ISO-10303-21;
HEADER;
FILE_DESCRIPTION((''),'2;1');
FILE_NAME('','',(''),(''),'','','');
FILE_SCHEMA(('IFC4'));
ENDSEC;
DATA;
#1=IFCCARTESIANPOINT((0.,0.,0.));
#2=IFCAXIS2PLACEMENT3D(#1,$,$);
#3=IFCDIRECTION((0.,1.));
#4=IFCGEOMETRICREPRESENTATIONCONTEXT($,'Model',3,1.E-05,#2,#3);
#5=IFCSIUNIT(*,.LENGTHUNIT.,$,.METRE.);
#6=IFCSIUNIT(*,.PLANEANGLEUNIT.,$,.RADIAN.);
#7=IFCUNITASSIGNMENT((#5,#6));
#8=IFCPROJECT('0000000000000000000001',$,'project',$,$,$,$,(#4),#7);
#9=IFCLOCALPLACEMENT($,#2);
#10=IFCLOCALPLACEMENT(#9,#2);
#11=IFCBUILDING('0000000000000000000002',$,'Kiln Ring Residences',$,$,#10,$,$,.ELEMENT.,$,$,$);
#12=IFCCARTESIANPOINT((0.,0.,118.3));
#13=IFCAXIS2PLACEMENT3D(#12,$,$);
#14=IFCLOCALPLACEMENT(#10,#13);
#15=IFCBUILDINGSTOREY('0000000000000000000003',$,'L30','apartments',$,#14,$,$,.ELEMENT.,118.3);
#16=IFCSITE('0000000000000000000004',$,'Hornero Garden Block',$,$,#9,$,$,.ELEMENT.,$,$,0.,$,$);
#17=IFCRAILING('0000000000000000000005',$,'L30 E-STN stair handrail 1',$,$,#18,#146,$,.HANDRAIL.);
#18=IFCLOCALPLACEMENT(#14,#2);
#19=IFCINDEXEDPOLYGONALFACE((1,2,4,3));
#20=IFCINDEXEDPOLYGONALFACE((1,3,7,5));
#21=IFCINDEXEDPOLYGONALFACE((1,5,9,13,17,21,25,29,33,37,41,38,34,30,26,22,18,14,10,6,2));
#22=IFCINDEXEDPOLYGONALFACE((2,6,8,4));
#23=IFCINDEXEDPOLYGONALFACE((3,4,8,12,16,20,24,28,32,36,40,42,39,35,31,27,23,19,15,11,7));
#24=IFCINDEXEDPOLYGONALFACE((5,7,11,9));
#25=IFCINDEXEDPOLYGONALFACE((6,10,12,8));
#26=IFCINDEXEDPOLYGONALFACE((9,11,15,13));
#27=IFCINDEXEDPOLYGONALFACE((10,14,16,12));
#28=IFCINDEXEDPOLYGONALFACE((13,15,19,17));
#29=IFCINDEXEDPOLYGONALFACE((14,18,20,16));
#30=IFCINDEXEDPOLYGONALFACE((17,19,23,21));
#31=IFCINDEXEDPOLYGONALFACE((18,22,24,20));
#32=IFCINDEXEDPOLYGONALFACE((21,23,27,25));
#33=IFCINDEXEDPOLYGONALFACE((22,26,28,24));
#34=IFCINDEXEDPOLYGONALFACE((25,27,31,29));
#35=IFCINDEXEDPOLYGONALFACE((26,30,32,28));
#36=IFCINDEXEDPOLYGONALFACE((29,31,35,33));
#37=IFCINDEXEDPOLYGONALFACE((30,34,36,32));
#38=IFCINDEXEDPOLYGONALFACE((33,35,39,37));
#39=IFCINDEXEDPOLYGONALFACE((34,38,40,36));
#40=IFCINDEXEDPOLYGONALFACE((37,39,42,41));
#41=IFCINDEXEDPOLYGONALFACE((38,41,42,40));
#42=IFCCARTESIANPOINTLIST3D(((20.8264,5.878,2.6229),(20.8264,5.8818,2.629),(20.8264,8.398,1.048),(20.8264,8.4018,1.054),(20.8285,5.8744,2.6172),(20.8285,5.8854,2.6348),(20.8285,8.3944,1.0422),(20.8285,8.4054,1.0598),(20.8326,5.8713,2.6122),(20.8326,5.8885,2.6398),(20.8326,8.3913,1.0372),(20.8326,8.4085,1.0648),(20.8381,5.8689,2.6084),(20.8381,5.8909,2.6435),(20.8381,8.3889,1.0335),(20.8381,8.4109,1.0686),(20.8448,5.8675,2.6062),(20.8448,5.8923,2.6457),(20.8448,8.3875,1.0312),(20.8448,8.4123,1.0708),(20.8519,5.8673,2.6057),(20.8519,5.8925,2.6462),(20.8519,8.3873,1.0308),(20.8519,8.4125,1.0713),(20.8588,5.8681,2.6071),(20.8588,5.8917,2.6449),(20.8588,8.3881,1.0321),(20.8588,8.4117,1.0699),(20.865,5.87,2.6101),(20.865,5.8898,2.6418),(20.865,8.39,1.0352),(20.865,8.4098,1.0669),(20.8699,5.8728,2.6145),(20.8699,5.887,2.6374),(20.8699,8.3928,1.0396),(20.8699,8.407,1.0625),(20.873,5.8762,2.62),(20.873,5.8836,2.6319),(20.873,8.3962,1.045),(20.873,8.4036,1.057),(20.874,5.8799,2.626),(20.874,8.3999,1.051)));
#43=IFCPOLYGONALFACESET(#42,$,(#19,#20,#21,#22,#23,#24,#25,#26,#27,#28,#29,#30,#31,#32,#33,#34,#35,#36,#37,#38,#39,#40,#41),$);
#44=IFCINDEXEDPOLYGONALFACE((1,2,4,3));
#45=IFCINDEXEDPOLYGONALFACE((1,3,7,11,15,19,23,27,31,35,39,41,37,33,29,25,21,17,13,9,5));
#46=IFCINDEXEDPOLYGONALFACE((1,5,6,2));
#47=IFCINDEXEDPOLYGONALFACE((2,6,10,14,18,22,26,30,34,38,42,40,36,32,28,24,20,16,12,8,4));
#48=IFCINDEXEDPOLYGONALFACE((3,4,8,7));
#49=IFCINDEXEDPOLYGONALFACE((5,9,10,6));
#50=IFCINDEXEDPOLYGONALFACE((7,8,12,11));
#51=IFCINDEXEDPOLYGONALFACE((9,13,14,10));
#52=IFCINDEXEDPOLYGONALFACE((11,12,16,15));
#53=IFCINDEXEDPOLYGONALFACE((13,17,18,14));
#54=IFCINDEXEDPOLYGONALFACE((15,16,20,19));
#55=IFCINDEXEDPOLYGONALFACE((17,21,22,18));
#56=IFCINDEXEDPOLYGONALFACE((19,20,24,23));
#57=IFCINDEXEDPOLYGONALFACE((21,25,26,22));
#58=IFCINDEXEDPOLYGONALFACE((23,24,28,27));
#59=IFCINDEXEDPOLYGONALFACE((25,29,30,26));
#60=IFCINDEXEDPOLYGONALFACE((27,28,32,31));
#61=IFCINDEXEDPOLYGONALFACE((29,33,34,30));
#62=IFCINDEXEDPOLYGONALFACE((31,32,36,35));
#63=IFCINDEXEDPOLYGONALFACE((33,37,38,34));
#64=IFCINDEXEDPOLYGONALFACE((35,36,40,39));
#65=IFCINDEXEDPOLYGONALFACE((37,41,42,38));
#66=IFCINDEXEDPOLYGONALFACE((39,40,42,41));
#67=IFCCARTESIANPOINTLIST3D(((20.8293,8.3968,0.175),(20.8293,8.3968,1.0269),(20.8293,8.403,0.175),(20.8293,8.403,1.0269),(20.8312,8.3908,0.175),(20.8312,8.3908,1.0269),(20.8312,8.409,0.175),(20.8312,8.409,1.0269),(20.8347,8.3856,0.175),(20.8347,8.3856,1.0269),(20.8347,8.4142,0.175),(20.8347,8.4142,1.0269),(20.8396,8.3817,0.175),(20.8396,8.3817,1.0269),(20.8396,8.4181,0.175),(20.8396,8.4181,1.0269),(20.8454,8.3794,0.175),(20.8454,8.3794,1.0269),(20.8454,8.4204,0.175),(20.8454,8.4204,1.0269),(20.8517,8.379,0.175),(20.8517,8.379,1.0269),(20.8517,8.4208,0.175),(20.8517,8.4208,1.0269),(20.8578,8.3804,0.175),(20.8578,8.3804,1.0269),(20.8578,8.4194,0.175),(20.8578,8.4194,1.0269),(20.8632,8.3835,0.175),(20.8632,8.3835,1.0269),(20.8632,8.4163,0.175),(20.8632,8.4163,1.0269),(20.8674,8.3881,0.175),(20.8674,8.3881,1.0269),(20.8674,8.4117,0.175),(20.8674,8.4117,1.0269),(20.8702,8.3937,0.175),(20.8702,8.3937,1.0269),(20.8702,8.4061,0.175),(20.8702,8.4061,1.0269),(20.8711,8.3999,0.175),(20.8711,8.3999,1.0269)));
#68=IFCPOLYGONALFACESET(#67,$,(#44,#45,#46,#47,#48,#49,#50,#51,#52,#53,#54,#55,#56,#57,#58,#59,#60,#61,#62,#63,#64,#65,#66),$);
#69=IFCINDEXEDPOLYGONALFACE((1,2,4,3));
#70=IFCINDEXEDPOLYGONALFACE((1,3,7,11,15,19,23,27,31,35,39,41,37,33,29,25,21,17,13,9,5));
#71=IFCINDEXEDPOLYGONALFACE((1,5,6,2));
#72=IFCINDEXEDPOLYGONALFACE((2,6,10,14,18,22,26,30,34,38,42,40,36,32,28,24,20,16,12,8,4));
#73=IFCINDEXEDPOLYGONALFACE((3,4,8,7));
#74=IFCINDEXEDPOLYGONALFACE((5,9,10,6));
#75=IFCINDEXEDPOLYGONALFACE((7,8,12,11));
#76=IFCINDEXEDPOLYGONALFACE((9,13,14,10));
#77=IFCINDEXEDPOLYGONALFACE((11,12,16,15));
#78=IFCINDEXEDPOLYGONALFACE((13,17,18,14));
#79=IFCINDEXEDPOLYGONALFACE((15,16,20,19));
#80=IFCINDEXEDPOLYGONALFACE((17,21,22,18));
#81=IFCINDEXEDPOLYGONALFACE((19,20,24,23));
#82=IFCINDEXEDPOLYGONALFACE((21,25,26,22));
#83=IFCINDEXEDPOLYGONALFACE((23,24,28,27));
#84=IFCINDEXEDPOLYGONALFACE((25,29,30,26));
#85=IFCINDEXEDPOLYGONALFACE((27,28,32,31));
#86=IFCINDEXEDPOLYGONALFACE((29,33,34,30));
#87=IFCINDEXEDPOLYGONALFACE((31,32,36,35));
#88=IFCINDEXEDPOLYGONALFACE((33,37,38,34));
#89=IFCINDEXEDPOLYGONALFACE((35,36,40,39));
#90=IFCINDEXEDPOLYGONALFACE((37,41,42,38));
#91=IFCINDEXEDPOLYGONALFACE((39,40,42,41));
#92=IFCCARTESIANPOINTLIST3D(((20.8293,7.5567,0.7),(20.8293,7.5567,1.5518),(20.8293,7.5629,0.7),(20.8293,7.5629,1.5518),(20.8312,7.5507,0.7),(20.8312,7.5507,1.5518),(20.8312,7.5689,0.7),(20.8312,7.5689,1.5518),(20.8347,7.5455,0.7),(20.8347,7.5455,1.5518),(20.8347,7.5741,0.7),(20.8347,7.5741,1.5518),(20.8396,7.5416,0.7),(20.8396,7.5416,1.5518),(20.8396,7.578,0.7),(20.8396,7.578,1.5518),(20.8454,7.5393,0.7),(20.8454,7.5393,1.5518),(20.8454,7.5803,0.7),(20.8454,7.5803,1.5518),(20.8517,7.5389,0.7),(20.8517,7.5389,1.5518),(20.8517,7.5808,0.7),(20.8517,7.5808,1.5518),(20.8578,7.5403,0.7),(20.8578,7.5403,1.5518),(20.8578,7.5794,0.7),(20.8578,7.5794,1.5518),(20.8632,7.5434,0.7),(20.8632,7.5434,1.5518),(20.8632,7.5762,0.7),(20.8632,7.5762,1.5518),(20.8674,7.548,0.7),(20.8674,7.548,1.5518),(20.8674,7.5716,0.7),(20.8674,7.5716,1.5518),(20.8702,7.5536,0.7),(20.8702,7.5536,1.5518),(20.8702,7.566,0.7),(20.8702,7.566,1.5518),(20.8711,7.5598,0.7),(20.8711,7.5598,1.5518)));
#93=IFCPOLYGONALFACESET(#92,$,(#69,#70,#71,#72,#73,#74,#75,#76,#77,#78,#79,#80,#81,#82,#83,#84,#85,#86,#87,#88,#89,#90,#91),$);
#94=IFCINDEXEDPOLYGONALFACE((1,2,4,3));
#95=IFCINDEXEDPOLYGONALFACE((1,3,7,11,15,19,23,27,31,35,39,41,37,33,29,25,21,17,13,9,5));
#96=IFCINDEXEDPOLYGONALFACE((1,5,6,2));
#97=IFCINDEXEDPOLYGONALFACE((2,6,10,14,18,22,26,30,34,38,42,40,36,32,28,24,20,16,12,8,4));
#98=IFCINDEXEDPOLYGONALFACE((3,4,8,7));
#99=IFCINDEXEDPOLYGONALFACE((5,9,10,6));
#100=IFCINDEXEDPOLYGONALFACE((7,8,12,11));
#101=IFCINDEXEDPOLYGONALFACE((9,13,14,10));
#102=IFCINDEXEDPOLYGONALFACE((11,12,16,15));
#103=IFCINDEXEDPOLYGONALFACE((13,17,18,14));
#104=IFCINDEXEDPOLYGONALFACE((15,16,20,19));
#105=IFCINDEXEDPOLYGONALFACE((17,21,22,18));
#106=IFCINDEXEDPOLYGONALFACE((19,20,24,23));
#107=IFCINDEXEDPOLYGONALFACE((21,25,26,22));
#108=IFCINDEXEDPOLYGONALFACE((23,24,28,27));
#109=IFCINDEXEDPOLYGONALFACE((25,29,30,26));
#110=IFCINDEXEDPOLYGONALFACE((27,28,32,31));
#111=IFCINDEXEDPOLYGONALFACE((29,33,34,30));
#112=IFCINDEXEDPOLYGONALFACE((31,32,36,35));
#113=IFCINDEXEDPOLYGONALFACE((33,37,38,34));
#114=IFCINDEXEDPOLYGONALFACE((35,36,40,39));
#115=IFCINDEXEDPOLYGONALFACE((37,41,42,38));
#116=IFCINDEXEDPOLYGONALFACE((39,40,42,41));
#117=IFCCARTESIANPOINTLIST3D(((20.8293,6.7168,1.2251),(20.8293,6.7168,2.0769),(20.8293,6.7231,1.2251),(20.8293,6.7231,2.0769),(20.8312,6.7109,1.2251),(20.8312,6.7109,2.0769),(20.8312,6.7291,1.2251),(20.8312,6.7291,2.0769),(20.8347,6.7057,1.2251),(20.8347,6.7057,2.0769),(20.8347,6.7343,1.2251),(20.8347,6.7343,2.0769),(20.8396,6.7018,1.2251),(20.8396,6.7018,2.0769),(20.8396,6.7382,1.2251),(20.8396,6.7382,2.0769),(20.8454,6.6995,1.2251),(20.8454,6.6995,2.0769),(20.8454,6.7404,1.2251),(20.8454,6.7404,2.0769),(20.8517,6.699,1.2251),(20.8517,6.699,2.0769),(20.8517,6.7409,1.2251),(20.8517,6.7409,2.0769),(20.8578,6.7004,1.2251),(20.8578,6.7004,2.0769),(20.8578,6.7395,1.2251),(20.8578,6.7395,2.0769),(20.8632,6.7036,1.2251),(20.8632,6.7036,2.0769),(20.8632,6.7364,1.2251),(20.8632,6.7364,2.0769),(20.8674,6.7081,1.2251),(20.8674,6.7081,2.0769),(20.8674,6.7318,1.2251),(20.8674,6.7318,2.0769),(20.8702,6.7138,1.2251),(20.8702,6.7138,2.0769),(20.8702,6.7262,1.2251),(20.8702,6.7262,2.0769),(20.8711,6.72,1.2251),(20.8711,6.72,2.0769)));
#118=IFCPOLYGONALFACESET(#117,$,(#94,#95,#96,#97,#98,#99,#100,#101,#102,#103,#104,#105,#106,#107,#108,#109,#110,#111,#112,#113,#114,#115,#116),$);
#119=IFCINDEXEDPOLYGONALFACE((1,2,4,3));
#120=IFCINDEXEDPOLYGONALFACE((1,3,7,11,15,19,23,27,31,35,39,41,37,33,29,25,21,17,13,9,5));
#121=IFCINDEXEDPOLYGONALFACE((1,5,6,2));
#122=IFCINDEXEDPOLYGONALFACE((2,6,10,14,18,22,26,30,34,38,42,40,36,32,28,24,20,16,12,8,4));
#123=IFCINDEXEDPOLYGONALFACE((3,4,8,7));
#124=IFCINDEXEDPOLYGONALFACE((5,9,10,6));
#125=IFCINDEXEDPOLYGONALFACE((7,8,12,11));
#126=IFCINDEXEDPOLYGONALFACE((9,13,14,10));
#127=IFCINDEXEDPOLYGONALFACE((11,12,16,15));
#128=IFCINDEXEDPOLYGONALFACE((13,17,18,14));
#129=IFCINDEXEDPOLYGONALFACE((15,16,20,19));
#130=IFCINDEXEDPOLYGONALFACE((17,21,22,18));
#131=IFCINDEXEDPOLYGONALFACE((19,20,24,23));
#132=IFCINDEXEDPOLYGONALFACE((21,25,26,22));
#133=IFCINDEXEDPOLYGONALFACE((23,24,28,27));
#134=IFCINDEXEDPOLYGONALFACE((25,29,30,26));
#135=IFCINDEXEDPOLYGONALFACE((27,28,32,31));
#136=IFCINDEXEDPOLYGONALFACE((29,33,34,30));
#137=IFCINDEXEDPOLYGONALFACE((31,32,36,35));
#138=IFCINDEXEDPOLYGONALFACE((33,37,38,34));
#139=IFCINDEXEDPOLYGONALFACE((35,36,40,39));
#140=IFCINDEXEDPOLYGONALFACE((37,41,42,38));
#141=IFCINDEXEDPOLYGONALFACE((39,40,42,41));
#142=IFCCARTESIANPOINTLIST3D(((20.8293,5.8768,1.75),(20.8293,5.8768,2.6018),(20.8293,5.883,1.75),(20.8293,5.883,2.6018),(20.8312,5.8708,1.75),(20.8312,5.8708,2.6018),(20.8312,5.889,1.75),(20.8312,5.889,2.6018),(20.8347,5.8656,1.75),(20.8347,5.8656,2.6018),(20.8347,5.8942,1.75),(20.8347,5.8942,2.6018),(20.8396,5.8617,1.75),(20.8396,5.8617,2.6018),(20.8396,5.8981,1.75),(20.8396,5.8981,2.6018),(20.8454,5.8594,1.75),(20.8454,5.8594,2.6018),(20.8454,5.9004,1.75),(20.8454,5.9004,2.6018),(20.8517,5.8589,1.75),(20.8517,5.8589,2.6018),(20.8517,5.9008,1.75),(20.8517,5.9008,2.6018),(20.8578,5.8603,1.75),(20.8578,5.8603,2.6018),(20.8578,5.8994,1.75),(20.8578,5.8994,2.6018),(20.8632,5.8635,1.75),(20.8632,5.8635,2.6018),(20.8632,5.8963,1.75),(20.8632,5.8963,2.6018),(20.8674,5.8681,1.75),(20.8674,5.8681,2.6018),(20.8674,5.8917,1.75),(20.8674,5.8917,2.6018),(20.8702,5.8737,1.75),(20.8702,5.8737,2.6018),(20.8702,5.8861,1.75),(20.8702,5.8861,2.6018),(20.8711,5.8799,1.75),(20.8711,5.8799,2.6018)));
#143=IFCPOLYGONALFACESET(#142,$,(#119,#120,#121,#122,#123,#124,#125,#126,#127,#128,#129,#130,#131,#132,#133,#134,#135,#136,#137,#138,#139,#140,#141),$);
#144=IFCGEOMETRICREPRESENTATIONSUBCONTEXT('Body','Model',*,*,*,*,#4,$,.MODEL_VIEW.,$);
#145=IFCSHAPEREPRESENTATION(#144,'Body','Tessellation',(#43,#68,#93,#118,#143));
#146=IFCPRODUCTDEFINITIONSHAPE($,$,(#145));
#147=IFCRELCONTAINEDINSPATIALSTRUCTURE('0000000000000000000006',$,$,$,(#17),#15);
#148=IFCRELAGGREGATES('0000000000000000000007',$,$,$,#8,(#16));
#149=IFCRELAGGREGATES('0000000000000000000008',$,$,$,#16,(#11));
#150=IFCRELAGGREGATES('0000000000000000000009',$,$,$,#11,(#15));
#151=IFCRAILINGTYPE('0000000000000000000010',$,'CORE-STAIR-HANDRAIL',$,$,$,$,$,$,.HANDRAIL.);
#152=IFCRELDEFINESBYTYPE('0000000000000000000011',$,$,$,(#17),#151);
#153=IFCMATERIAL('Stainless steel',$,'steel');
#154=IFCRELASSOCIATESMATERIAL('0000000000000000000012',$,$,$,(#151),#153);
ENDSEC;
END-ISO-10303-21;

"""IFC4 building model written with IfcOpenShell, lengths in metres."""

from ifc_helpers import new_model, si_unit, direction, frame, origin, origin_2d, place, context, subcontext, project, spatial, circle, extrude, material, type_object, element, save


model = new_model("IFC4")

# Units and contexts
model_context = context("Model", 3, precision=1e-05, world=origin(), true_north=direction((0.0, 1.0)))
body_context = subcontext(model_context, "Body", "Model", "MODEL_VIEW")
ifc_project = project(units=[si_unit("LENGTHUNIT", "METRE"), si_unit("PLANEANGLEUNIT", "RADIAN")], contexts=[model_context])

# Site, building, storey
site_placement = place(None, origin())
site = spatial("IfcSite", under=ifc_project, at=site_placement, Name="Hornero Garden Block", CompositionType="ELEMENT", RefElevation=0.0)
building_placement = place(site_placement, origin())
building = spatial("IfcBuilding", under=site, at=building_placement, Name="Kiln Ring Residences", CompositionType="ELEMENT")
storey_placement = place(building_placement, frame((0.0, 0.0, 118.3)))
storey = spatial("IfcBuildingStorey", under=building, at=storey_placement, Name="L30", Description="apartments", CompositionType="ELEMENT", Elevation=118.3)

# Railing
ifc_material_1 = material(Name="Stainless steel", Category="steel")
railing_type_1 = type_object("IfcRailingType", Name="CORE-STAIR-HANDRAIL", PredefinedType="HANDRAIL", material=ifc_material_1)
railing_1_placement = place(storey_placement, frame((20.8501, 8.3999, 0.175)))
element("IfcRailing", 1, at=railing_1_placement, inside=storey, type_object=railing_type_1, Name="L30 E-STN stair handrail 1", PredefinedType="HANDRAIL", context=body_context, shape_type="SweptSolid", body=[
    extrude(circle(Radius=0.0239, at=origin_2d()), frame((0.0, 0.0, 0.876), z_axis=(0.0, -0.848008, 0.529984), x_axis=(1.0, 0.0, 0.0)), (0.0, 0.0, 1.0), 2.9717),
    extrude(circle(Radius=0.021, at=origin_2d()), origin(), (0.0, 0.0, 1.0), 0.8518),
    extrude(circle(Radius=0.021, at=origin_2d()), frame((0.0, -0.8401, 0.5249)), (0.0, 0.0, 1.0), 0.8518),
    extrude(circle(Radius=0.021, at=origin_2d()), frame((0.0, -1.6799, 1.05)), (0.0, 0.0, 1.0), 0.8518),
    extrude(circle(Radius=0.021, at=origin_2d()), frame((0.0, -2.52, 1.575)), (0.0, 0.0, 1.0), 0.8518),
])

save(model, "model.ifc")
